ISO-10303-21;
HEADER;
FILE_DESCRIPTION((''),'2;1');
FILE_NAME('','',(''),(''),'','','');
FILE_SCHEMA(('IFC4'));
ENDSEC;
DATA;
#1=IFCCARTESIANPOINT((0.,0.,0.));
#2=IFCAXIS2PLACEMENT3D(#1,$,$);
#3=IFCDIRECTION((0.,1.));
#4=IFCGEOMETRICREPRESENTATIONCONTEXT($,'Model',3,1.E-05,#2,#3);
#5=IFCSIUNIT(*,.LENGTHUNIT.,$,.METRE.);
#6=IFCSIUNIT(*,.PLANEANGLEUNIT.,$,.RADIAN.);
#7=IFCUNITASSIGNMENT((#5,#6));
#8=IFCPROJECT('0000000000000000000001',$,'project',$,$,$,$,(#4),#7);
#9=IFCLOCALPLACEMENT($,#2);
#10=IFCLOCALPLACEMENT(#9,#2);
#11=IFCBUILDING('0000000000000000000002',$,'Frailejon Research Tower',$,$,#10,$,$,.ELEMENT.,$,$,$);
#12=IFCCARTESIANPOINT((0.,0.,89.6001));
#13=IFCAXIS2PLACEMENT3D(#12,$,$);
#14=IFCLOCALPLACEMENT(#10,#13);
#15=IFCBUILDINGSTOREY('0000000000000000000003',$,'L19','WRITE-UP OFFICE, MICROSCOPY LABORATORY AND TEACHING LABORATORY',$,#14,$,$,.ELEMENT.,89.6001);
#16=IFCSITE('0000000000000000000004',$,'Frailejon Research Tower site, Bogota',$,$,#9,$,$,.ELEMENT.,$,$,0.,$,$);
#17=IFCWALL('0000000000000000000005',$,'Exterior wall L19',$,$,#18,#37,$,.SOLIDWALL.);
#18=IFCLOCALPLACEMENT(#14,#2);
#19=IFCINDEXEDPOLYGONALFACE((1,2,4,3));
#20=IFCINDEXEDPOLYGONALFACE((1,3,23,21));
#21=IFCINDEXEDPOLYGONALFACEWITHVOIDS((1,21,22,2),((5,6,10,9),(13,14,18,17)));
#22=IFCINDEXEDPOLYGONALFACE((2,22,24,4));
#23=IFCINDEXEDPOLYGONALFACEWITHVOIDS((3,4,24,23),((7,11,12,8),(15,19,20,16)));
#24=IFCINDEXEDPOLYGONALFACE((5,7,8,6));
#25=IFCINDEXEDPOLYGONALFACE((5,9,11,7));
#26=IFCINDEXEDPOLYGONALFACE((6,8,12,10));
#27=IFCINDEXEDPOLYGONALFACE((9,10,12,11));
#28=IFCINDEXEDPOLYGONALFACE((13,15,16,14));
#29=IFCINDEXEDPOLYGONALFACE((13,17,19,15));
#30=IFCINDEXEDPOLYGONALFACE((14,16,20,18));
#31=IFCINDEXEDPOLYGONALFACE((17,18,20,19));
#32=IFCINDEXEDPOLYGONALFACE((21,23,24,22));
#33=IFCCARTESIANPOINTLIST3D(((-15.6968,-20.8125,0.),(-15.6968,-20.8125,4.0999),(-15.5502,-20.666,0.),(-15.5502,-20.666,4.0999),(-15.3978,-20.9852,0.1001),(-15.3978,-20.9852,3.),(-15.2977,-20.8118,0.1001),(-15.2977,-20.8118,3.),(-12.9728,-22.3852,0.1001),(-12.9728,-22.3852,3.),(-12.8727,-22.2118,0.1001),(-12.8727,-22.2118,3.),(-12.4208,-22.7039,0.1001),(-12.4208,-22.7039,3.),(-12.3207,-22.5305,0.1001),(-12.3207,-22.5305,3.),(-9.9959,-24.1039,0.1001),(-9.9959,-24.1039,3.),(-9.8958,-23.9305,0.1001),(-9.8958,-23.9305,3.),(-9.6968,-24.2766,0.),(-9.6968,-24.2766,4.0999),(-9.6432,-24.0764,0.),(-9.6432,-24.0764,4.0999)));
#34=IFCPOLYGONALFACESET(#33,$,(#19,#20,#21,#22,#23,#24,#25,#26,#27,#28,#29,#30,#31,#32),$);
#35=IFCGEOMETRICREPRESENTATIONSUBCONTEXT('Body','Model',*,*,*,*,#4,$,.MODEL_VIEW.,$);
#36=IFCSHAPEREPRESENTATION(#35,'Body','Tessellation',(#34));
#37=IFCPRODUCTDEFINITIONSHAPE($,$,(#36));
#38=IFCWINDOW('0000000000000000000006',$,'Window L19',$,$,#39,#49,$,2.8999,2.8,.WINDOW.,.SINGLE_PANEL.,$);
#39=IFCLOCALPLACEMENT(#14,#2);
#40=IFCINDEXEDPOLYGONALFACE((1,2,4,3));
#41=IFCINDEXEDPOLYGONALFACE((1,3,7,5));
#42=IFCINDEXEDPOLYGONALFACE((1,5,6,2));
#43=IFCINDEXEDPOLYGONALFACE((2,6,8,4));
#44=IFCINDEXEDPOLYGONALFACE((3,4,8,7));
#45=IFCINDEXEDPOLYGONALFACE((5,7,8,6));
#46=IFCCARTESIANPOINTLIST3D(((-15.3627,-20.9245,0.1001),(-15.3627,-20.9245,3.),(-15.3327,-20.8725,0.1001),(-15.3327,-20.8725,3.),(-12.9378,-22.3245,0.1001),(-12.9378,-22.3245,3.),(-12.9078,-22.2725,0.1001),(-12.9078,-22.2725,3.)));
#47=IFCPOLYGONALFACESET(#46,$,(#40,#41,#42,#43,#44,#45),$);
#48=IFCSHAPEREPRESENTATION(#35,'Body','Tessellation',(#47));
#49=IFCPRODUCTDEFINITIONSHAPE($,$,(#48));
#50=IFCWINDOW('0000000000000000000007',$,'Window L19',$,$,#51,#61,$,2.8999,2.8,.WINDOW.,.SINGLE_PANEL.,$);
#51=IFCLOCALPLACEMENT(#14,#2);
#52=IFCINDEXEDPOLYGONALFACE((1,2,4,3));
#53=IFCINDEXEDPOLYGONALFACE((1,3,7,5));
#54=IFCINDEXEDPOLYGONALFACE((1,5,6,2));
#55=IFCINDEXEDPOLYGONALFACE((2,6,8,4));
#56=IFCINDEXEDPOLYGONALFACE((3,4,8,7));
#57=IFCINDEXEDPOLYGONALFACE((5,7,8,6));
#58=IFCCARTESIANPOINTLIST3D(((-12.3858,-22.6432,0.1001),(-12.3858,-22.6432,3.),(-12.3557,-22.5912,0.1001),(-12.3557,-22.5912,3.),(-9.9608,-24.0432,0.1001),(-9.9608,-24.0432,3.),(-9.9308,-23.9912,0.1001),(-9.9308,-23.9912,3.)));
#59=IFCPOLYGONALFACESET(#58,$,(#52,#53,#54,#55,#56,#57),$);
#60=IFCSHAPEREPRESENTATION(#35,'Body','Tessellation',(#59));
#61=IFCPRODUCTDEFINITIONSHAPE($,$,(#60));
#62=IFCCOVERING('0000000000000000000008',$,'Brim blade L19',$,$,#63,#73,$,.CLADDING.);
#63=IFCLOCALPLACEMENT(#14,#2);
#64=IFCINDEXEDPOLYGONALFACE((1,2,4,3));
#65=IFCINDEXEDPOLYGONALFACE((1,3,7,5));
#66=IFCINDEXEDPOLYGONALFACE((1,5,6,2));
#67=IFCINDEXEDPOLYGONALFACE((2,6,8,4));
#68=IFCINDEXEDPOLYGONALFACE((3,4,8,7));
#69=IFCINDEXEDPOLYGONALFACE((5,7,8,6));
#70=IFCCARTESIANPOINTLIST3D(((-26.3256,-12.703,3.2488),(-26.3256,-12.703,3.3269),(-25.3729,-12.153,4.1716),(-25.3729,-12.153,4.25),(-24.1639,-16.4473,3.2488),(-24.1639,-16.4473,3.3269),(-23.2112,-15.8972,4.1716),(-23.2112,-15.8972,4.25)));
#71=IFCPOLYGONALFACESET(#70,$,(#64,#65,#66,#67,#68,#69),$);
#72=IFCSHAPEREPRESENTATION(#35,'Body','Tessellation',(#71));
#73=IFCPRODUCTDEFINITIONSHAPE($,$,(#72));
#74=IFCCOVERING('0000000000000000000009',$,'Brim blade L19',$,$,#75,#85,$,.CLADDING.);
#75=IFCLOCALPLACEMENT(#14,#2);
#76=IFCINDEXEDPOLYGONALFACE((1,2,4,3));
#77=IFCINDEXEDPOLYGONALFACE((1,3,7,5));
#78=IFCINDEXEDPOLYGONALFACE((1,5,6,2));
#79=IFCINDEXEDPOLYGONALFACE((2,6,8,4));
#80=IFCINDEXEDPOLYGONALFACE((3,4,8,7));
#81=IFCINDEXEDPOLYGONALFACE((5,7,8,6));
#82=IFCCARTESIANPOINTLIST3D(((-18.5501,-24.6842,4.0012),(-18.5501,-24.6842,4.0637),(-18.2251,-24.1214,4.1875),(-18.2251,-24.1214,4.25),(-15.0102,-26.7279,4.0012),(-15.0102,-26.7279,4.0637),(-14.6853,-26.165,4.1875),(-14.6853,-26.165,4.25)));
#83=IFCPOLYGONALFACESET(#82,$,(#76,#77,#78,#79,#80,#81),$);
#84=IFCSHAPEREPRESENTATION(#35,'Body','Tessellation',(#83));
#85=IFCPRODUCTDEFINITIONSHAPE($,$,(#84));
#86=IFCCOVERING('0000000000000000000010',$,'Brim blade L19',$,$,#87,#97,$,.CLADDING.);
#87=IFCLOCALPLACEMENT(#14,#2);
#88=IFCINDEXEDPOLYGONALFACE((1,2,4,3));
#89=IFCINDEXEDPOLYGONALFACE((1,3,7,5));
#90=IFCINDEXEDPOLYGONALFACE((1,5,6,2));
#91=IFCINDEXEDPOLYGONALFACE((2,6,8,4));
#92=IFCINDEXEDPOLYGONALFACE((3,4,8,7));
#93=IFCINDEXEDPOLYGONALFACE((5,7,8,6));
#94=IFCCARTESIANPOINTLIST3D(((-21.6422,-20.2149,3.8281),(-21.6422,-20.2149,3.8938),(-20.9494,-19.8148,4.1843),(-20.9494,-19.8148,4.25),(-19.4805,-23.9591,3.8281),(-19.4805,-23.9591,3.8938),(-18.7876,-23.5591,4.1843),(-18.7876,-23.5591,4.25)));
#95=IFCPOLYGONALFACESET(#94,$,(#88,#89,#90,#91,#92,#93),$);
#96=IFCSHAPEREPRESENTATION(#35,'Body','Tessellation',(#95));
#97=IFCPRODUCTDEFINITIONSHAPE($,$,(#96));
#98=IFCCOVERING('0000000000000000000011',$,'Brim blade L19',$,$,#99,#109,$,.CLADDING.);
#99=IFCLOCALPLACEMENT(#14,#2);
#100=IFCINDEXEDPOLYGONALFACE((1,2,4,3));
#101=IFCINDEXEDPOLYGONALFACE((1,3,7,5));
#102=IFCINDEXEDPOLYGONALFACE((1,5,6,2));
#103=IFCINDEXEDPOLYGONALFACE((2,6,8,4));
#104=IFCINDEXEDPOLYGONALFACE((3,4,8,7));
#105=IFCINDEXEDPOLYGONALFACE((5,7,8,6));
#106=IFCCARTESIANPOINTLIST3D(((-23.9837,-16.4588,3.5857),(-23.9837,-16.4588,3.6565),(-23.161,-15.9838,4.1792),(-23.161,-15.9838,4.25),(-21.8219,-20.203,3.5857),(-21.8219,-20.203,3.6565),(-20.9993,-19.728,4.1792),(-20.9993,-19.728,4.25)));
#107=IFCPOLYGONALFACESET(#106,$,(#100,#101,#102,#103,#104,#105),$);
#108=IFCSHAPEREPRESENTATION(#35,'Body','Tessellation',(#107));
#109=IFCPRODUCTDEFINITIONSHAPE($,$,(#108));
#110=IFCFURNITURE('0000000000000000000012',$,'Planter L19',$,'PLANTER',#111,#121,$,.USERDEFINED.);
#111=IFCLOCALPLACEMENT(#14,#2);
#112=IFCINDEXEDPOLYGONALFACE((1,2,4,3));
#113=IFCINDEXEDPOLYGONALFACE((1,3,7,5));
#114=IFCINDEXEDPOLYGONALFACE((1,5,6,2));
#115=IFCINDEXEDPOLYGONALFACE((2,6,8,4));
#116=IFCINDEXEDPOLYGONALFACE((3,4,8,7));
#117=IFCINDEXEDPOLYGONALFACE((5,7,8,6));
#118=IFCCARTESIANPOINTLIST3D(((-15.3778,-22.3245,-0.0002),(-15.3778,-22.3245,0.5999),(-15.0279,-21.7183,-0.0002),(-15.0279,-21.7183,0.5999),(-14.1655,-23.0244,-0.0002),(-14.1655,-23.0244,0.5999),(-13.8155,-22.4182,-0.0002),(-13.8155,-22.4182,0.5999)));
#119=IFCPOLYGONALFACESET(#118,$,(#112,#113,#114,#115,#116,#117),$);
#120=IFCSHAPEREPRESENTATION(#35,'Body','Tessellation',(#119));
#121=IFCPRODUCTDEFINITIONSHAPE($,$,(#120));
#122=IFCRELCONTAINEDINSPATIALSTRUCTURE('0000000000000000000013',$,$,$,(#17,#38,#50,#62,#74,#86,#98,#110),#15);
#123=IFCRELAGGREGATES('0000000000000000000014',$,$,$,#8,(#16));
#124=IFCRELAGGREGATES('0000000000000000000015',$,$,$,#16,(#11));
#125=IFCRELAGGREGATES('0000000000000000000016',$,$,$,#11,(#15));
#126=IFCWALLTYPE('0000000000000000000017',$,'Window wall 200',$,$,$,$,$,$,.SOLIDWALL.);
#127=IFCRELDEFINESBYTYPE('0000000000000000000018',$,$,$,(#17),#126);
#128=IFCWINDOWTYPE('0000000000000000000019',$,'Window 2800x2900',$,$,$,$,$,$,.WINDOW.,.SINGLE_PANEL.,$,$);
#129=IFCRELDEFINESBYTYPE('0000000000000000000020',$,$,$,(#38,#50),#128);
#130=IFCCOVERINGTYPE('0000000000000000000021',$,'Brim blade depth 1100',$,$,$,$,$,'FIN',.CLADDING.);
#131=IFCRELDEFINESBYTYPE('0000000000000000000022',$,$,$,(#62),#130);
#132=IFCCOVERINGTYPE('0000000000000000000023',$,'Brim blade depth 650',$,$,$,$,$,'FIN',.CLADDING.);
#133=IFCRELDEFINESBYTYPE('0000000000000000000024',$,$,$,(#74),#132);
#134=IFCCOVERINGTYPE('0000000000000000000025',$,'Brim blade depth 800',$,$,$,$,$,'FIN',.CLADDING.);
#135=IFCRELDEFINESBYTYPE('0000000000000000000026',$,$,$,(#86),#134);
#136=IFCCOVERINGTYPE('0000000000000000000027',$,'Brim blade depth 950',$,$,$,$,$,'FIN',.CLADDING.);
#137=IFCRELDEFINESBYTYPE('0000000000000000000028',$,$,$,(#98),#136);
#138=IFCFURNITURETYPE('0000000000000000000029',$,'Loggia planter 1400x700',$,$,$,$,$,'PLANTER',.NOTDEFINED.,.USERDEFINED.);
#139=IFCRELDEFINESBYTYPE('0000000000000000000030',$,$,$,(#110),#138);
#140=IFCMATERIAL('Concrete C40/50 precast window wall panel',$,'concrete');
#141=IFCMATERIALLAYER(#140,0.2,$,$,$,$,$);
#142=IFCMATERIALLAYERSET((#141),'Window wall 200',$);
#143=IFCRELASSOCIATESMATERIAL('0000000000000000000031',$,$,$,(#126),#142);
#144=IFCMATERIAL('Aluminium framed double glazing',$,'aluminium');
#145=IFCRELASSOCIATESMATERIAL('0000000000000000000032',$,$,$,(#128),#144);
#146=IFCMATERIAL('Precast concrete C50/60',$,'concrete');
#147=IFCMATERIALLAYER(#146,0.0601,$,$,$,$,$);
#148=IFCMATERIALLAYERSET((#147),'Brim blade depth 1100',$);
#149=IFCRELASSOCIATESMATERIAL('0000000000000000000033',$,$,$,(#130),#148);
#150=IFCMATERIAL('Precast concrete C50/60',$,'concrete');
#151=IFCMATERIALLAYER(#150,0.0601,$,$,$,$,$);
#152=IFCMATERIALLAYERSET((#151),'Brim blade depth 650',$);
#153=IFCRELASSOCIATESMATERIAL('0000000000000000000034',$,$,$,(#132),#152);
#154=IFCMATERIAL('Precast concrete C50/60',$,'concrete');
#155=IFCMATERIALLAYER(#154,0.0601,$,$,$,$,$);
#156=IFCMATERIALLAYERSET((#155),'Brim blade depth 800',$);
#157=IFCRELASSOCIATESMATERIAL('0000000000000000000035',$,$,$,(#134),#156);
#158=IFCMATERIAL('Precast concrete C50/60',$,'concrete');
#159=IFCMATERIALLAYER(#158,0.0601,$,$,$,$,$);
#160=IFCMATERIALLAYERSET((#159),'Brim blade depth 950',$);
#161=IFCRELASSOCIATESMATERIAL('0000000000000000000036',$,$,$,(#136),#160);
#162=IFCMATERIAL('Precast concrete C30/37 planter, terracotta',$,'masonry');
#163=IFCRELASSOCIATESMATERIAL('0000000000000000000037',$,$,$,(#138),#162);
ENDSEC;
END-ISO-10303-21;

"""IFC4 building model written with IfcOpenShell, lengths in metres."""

from ifc_helpers import new_model, si_unit, direction, frame, frame_2d, origin, origin_2d, place, context, subcontext, project, spatial, polyline, rectangle, outline, extrude, material, layer, layer_set, type_object, element, fill, save


model = new_model("IFC4")

# Units and contexts
model_context = context("Model", 3, precision=1e-05, world=origin(), true_north=direction((0.0, 1.0)))
body_context = subcontext(model_context, "Body", "Model", "MODEL_VIEW")
ifc_project = project(units=[si_unit("LENGTHUNIT", "METRE"), si_unit("PLANEANGLEUNIT", "RADIAN")], contexts=[model_context])

# Site, building, storey
site_placement = place(None, origin())
site = spatial("IfcSite", under=ifc_project, at=site_placement, Name="Frailejon Research Tower site, Bogota", CompositionType="ELEMENT", RefElevation=0.0)
building_placement = place(site_placement, origin())
building = spatial("IfcBuilding", under=site, at=building_placement, Name="Frailejon Research Tower", CompositionType="ELEMENT")
storey_placement = place(building_placement, frame((0.0, 0.0, 89.6001)))
storey = spatial("IfcBuildingStorey", under=building, at=storey_placement, Name="L19", Description="WRITE-UP OFFICE, MICROSCOPY LABORATORY AND TEACHING LABORATORY", CompositionType="ELEMENT", Elevation=89.6001)

# Wall, openings, windows
ifc_material_1 = material(Name="Concrete C40/50 precast window wall panel", Category="concrete")
ifc_layer_1 = layer(ifc_material_1, 0.2)
ifc_layer_set_1 = layer_set([ifc_layer_1], Name="Window wall 200")
wall_type_1 = type_object("IfcWallType", Name="Window wall 200", PredefinedType="SOLIDWALL", material=ifc_layer_set_1)
wall_1_placement = place(storey_placement, frame((-15.6235, -20.7393, 0.0), z_axis=(0.0, 0.0, 1.0), x_axis=(0.866029, -0.499993, 0.0)))
wall_1 = element("IfcWall", 1, at=wall_1_placement, inside=storey, type_object=wall_type_1, Name="Exterior wall L19", PredefinedType="SOLIDWALL", context=body_context, shape_type="SweptSolid", body=[
    extrude(outline(polyline([(-0.0269, -0.1001), (1.1279, -0.1001), (2.2825, -0.1001), (3.4373, -0.1001), (4.592, -0.1001), (5.7466, -0.1001), (6.9014, -0.1001), (6.8477, 0.1001), (5.7109, 0.1001), (4.574, 0.1001), (3.4373, 0.1001), (2.3005, 0.1001), (1.1636, 0.1001), (0.0269, 0.1001), (-0.0269, -0.1001)])), origin(), (0.0, 0.0, 1.0), 4.0999),
])
opening_1_placement = place(wall_1_placement, frame((0.3186, 0.0, 0.1001)))
opening_1 = element("IfcOpeningElement", 2, at=opening_1_placement, cuts=wall_1, PredefinedType="OPENING", context=body_context, shape_type="SweptSolid", body=[
    extrude(rectangle(XDim=2.8, YDim=2.8999, at=frame_2d((1.3999, 1.45))), frame((0.0, 0.1099, 0.0), z_axis=(0.0, -1.0, 0.0), x_axis=(1.0, 0.0, 0.0)), (0.0, 0.0, 1.0), 0.22),
])
opening_2_placement = place(wall_1_placement, frame((3.7561, 0.0, 0.1001)))
opening_2 = element("IfcOpeningElement", 3, at=opening_2_placement, cuts=wall_1, PredefinedType="OPENING", context=body_context, shape_type="SweptSolid", body=[
    extrude(rectangle(XDim=2.8, YDim=2.8999, at=frame_2d((1.3999, 1.45))), frame((0.0, 0.1099, 0.0), z_axis=(0.0, -1.0, 0.0), x_axis=(1.0, 0.0, 0.0)), (0.0, 0.0, 1.0), 0.22),
])
ifc_material_2 = material(Name="Aluminium framed double glazing", Category="aluminium")
window_type = type_object("IfcWindowType", Name="Window 2800x2900", PartitioningType="SINGLE_PANEL", PredefinedType="WINDOW", material=ifc_material_2)
window_1_placement = place(opening_1_placement, origin())
window_1 = element("IfcWindow", 4, at=window_1_placement, inside=storey, type_object=window_type, Name="Window L19", OverallHeight=2.8999, OverallWidth=2.8, PartitioningType="SINGLE_PANEL", PredefinedType="WINDOW", context=body_context, shape_type="SweptSolid", body=[
    extrude(rectangle(XDim=2.8, YDim=2.8999, at=frame_2d((1.3999, 1.45))), frame((0.0, 0.03, 0.0), z_axis=(0.0, -1.0, 0.0), x_axis=(1.0, 0.0, 0.0)), (0.0, 0.0, 1.0), 0.0601),
])
fill(opening_1, window_1)
window_2_placement = place(opening_2_placement, origin())
window_2 = element("IfcWindow", 5, at=window_2_placement, inside=storey, type_object=window_type, Name="Window L19", OverallHeight=2.8999, OverallWidth=2.8, PartitioningType="SINGLE_PANEL", PredefinedType="WINDOW", context=body_context, shape_type="SweptSolid", body=[
    extrude(rectangle(XDim=2.8, YDim=2.8999, at=frame_2d((1.3999, 1.45))), frame((0.0, 0.03, 0.0), z_axis=(0.0, -1.0, 0.0), x_axis=(1.0, 0.0, 0.0)), (0.0, 0.0, 1.0), 0.0601),
])
fill(opening_2, window_2)

# Coverings
ifc_material_3 = material(Name="Precast concrete C50/60", Category="concrete")
ifc_layer_2 = layer(ifc_material_3, 0.0601)
ifc_layer_set_2 = layer_set([ifc_layer_2], Name="Brim blade depth 1100")
covering_type_1 = type_object("IfcCoveringType", Name="Brim blade depth 1100", ElementType="FIN", PredefinedType="CLADDING", material=ifc_layer_set_2)
covering_1_placement = place(storey_placement, frame((-23.2112, -15.8972, 4.25), z_axis=(-0.499995, 0.866028, 0.0), x_axis=(-0.866028, -0.499995, 0.0)))
element("IfcCovering", 6, at=covering_1_placement, inside=storey, type_object=covering_type_1, Name="Brim blade L19", PredefinedType="CLADDING", context=body_context, shape_type="SweptSolid", body=[
    extrude(outline(polyline([(0.0, -0.0784), (1.1001, -1.0012), (1.1001, -0.9231), (0.0, 0.0), (0.0, -0.0784)])), origin(), (0.0, 0.0, 1.0), 4.3235),
])
ifc_material_4 = material(Name="Precast concrete C50/60", Category="concrete")
ifc_layer_3 = layer(ifc_material_4, 0.0601)
ifc_layer_set_3 = layer_set([ifc_layer_3], Name="Brim blade depth 650")
covering_type_2 = type_object("IfcCoveringType", Name="Brim blade depth 650", ElementType="FIN", PredefinedType="CLADDING", material=ifc_layer_set_3)
covering_2_placement = place(storey_placement, frame((-14.6853, -26.165, 4.25), z_axis=(-0.866032, 0.499989, 0.0), x_axis=(-0.499989, -0.866032, 0.0)))
element("IfcCovering", 7, at=covering_2_placement, inside=storey, type_object=covering_type_2, Name="Brim blade L19", PredefinedType="CLADDING", context=body_context, shape_type="SweptSolid", body=[
    extrude(outline(polyline([(0.0, -0.0625), (0.6499, -0.2488), (0.6499, -0.1863), (0.0, 0.0), (0.0, -0.0625)])), origin(), (0.0, 0.0, 1.0), 4.0874),
])
ifc_material_5 = material(Name="Precast concrete C50/60", Category="concrete")
ifc_layer_4 = layer(ifc_material_5, 0.0601)
ifc_layer_set_4 = layer_set([ifc_layer_4], Name="Brim blade depth 800")
covering_type_3 = type_object("IfcCoveringType", Name="Brim blade depth 800", ElementType="FIN", PredefinedType="CLADDING", material=ifc_layer_set_4)
covering_3_placement = place(storey_placement, frame((-18.7876, -23.5591, 4.25), z_axis=(-0.500005, 0.866023, 0.0), x_axis=(-0.866023, -0.500005, 0.0)))
element("IfcCovering", 8, at=covering_3_placement, inside=storey, type_object=covering_type_3, Name="Brim blade L19", PredefinedType="CLADDING", context=body_context, shape_type="SweptSolid", body=[
    extrude(outline(polyline([(0.0, -0.0657), (0.8, -0.4219), (0.8, -0.3562), (0.0, 0.0), (0.0, -0.0657)])), origin(), (0.0, 0.0, 1.0), 4.3235),
])
ifc_material_6 = material(Name="Precast concrete C50/60", Category="concrete")
ifc_layer_5 = layer(ifc_material_6, 0.0601)
ifc_layer_set_5 = layer_set([ifc_layer_5], Name="Brim blade depth 950")
covering_type_4 = type_object("IfcCoveringType", Name="Brim blade depth 950", ElementType="FIN", PredefinedType="CLADDING", material=ifc_layer_set_5)
covering_4_placement = place(storey_placement, frame((-20.9993, -19.728, 4.25), z_axis=(-0.500005, 0.866023, 0.0), x_axis=(-0.866023, -0.500005, 0.0)))
element("IfcCovering", 9, at=covering_4_placement, inside=storey, type_object=covering_type_4, Name="Brim blade L19", PredefinedType="CLADDING", context=body_context, shape_type="SweptSolid", body=[
    extrude(outline(polyline([(0.0, -0.0708), (0.95, -0.6643), (0.95, -0.5935), (0.0, 0.0), (0.0, -0.0708)])), origin(), (0.0, 0.0, 1.0), 4.3235),
])

# Furniture
ifc_material_7 = material(Name="Precast concrete C30/37 planter, terracotta", Category="masonry")
furniture_type = type_object("IfcFurnitureType", Name="Loggia planter 1400x700", ElementType="PLANTER", AssemblyPlace="NOTDEFINED", PredefinedType="USERDEFINED", material=ifc_material_7)
furniture_placement = place(storey_placement, frame((-14.5967, -22.3713, -0.0002), z_axis=(0.0, 0.0, 1.0), x_axis=(0.866025, -0.5, 0.0)))
element("IfcFurniture", 10, at=furniture_placement, inside=storey, type_object=furniture_type, Name="Planter L19", ObjectType="PLANTER", PredefinedType="USERDEFINED", context=body_context, shape_type="SweptSolid", body=[
    extrude(rectangle(XDim=1.3999, YDim=0.7, at=origin_2d()), origin(), (0.0, 0.0, 1.0), 0.6001),
])

save(model, "model.ifc")
